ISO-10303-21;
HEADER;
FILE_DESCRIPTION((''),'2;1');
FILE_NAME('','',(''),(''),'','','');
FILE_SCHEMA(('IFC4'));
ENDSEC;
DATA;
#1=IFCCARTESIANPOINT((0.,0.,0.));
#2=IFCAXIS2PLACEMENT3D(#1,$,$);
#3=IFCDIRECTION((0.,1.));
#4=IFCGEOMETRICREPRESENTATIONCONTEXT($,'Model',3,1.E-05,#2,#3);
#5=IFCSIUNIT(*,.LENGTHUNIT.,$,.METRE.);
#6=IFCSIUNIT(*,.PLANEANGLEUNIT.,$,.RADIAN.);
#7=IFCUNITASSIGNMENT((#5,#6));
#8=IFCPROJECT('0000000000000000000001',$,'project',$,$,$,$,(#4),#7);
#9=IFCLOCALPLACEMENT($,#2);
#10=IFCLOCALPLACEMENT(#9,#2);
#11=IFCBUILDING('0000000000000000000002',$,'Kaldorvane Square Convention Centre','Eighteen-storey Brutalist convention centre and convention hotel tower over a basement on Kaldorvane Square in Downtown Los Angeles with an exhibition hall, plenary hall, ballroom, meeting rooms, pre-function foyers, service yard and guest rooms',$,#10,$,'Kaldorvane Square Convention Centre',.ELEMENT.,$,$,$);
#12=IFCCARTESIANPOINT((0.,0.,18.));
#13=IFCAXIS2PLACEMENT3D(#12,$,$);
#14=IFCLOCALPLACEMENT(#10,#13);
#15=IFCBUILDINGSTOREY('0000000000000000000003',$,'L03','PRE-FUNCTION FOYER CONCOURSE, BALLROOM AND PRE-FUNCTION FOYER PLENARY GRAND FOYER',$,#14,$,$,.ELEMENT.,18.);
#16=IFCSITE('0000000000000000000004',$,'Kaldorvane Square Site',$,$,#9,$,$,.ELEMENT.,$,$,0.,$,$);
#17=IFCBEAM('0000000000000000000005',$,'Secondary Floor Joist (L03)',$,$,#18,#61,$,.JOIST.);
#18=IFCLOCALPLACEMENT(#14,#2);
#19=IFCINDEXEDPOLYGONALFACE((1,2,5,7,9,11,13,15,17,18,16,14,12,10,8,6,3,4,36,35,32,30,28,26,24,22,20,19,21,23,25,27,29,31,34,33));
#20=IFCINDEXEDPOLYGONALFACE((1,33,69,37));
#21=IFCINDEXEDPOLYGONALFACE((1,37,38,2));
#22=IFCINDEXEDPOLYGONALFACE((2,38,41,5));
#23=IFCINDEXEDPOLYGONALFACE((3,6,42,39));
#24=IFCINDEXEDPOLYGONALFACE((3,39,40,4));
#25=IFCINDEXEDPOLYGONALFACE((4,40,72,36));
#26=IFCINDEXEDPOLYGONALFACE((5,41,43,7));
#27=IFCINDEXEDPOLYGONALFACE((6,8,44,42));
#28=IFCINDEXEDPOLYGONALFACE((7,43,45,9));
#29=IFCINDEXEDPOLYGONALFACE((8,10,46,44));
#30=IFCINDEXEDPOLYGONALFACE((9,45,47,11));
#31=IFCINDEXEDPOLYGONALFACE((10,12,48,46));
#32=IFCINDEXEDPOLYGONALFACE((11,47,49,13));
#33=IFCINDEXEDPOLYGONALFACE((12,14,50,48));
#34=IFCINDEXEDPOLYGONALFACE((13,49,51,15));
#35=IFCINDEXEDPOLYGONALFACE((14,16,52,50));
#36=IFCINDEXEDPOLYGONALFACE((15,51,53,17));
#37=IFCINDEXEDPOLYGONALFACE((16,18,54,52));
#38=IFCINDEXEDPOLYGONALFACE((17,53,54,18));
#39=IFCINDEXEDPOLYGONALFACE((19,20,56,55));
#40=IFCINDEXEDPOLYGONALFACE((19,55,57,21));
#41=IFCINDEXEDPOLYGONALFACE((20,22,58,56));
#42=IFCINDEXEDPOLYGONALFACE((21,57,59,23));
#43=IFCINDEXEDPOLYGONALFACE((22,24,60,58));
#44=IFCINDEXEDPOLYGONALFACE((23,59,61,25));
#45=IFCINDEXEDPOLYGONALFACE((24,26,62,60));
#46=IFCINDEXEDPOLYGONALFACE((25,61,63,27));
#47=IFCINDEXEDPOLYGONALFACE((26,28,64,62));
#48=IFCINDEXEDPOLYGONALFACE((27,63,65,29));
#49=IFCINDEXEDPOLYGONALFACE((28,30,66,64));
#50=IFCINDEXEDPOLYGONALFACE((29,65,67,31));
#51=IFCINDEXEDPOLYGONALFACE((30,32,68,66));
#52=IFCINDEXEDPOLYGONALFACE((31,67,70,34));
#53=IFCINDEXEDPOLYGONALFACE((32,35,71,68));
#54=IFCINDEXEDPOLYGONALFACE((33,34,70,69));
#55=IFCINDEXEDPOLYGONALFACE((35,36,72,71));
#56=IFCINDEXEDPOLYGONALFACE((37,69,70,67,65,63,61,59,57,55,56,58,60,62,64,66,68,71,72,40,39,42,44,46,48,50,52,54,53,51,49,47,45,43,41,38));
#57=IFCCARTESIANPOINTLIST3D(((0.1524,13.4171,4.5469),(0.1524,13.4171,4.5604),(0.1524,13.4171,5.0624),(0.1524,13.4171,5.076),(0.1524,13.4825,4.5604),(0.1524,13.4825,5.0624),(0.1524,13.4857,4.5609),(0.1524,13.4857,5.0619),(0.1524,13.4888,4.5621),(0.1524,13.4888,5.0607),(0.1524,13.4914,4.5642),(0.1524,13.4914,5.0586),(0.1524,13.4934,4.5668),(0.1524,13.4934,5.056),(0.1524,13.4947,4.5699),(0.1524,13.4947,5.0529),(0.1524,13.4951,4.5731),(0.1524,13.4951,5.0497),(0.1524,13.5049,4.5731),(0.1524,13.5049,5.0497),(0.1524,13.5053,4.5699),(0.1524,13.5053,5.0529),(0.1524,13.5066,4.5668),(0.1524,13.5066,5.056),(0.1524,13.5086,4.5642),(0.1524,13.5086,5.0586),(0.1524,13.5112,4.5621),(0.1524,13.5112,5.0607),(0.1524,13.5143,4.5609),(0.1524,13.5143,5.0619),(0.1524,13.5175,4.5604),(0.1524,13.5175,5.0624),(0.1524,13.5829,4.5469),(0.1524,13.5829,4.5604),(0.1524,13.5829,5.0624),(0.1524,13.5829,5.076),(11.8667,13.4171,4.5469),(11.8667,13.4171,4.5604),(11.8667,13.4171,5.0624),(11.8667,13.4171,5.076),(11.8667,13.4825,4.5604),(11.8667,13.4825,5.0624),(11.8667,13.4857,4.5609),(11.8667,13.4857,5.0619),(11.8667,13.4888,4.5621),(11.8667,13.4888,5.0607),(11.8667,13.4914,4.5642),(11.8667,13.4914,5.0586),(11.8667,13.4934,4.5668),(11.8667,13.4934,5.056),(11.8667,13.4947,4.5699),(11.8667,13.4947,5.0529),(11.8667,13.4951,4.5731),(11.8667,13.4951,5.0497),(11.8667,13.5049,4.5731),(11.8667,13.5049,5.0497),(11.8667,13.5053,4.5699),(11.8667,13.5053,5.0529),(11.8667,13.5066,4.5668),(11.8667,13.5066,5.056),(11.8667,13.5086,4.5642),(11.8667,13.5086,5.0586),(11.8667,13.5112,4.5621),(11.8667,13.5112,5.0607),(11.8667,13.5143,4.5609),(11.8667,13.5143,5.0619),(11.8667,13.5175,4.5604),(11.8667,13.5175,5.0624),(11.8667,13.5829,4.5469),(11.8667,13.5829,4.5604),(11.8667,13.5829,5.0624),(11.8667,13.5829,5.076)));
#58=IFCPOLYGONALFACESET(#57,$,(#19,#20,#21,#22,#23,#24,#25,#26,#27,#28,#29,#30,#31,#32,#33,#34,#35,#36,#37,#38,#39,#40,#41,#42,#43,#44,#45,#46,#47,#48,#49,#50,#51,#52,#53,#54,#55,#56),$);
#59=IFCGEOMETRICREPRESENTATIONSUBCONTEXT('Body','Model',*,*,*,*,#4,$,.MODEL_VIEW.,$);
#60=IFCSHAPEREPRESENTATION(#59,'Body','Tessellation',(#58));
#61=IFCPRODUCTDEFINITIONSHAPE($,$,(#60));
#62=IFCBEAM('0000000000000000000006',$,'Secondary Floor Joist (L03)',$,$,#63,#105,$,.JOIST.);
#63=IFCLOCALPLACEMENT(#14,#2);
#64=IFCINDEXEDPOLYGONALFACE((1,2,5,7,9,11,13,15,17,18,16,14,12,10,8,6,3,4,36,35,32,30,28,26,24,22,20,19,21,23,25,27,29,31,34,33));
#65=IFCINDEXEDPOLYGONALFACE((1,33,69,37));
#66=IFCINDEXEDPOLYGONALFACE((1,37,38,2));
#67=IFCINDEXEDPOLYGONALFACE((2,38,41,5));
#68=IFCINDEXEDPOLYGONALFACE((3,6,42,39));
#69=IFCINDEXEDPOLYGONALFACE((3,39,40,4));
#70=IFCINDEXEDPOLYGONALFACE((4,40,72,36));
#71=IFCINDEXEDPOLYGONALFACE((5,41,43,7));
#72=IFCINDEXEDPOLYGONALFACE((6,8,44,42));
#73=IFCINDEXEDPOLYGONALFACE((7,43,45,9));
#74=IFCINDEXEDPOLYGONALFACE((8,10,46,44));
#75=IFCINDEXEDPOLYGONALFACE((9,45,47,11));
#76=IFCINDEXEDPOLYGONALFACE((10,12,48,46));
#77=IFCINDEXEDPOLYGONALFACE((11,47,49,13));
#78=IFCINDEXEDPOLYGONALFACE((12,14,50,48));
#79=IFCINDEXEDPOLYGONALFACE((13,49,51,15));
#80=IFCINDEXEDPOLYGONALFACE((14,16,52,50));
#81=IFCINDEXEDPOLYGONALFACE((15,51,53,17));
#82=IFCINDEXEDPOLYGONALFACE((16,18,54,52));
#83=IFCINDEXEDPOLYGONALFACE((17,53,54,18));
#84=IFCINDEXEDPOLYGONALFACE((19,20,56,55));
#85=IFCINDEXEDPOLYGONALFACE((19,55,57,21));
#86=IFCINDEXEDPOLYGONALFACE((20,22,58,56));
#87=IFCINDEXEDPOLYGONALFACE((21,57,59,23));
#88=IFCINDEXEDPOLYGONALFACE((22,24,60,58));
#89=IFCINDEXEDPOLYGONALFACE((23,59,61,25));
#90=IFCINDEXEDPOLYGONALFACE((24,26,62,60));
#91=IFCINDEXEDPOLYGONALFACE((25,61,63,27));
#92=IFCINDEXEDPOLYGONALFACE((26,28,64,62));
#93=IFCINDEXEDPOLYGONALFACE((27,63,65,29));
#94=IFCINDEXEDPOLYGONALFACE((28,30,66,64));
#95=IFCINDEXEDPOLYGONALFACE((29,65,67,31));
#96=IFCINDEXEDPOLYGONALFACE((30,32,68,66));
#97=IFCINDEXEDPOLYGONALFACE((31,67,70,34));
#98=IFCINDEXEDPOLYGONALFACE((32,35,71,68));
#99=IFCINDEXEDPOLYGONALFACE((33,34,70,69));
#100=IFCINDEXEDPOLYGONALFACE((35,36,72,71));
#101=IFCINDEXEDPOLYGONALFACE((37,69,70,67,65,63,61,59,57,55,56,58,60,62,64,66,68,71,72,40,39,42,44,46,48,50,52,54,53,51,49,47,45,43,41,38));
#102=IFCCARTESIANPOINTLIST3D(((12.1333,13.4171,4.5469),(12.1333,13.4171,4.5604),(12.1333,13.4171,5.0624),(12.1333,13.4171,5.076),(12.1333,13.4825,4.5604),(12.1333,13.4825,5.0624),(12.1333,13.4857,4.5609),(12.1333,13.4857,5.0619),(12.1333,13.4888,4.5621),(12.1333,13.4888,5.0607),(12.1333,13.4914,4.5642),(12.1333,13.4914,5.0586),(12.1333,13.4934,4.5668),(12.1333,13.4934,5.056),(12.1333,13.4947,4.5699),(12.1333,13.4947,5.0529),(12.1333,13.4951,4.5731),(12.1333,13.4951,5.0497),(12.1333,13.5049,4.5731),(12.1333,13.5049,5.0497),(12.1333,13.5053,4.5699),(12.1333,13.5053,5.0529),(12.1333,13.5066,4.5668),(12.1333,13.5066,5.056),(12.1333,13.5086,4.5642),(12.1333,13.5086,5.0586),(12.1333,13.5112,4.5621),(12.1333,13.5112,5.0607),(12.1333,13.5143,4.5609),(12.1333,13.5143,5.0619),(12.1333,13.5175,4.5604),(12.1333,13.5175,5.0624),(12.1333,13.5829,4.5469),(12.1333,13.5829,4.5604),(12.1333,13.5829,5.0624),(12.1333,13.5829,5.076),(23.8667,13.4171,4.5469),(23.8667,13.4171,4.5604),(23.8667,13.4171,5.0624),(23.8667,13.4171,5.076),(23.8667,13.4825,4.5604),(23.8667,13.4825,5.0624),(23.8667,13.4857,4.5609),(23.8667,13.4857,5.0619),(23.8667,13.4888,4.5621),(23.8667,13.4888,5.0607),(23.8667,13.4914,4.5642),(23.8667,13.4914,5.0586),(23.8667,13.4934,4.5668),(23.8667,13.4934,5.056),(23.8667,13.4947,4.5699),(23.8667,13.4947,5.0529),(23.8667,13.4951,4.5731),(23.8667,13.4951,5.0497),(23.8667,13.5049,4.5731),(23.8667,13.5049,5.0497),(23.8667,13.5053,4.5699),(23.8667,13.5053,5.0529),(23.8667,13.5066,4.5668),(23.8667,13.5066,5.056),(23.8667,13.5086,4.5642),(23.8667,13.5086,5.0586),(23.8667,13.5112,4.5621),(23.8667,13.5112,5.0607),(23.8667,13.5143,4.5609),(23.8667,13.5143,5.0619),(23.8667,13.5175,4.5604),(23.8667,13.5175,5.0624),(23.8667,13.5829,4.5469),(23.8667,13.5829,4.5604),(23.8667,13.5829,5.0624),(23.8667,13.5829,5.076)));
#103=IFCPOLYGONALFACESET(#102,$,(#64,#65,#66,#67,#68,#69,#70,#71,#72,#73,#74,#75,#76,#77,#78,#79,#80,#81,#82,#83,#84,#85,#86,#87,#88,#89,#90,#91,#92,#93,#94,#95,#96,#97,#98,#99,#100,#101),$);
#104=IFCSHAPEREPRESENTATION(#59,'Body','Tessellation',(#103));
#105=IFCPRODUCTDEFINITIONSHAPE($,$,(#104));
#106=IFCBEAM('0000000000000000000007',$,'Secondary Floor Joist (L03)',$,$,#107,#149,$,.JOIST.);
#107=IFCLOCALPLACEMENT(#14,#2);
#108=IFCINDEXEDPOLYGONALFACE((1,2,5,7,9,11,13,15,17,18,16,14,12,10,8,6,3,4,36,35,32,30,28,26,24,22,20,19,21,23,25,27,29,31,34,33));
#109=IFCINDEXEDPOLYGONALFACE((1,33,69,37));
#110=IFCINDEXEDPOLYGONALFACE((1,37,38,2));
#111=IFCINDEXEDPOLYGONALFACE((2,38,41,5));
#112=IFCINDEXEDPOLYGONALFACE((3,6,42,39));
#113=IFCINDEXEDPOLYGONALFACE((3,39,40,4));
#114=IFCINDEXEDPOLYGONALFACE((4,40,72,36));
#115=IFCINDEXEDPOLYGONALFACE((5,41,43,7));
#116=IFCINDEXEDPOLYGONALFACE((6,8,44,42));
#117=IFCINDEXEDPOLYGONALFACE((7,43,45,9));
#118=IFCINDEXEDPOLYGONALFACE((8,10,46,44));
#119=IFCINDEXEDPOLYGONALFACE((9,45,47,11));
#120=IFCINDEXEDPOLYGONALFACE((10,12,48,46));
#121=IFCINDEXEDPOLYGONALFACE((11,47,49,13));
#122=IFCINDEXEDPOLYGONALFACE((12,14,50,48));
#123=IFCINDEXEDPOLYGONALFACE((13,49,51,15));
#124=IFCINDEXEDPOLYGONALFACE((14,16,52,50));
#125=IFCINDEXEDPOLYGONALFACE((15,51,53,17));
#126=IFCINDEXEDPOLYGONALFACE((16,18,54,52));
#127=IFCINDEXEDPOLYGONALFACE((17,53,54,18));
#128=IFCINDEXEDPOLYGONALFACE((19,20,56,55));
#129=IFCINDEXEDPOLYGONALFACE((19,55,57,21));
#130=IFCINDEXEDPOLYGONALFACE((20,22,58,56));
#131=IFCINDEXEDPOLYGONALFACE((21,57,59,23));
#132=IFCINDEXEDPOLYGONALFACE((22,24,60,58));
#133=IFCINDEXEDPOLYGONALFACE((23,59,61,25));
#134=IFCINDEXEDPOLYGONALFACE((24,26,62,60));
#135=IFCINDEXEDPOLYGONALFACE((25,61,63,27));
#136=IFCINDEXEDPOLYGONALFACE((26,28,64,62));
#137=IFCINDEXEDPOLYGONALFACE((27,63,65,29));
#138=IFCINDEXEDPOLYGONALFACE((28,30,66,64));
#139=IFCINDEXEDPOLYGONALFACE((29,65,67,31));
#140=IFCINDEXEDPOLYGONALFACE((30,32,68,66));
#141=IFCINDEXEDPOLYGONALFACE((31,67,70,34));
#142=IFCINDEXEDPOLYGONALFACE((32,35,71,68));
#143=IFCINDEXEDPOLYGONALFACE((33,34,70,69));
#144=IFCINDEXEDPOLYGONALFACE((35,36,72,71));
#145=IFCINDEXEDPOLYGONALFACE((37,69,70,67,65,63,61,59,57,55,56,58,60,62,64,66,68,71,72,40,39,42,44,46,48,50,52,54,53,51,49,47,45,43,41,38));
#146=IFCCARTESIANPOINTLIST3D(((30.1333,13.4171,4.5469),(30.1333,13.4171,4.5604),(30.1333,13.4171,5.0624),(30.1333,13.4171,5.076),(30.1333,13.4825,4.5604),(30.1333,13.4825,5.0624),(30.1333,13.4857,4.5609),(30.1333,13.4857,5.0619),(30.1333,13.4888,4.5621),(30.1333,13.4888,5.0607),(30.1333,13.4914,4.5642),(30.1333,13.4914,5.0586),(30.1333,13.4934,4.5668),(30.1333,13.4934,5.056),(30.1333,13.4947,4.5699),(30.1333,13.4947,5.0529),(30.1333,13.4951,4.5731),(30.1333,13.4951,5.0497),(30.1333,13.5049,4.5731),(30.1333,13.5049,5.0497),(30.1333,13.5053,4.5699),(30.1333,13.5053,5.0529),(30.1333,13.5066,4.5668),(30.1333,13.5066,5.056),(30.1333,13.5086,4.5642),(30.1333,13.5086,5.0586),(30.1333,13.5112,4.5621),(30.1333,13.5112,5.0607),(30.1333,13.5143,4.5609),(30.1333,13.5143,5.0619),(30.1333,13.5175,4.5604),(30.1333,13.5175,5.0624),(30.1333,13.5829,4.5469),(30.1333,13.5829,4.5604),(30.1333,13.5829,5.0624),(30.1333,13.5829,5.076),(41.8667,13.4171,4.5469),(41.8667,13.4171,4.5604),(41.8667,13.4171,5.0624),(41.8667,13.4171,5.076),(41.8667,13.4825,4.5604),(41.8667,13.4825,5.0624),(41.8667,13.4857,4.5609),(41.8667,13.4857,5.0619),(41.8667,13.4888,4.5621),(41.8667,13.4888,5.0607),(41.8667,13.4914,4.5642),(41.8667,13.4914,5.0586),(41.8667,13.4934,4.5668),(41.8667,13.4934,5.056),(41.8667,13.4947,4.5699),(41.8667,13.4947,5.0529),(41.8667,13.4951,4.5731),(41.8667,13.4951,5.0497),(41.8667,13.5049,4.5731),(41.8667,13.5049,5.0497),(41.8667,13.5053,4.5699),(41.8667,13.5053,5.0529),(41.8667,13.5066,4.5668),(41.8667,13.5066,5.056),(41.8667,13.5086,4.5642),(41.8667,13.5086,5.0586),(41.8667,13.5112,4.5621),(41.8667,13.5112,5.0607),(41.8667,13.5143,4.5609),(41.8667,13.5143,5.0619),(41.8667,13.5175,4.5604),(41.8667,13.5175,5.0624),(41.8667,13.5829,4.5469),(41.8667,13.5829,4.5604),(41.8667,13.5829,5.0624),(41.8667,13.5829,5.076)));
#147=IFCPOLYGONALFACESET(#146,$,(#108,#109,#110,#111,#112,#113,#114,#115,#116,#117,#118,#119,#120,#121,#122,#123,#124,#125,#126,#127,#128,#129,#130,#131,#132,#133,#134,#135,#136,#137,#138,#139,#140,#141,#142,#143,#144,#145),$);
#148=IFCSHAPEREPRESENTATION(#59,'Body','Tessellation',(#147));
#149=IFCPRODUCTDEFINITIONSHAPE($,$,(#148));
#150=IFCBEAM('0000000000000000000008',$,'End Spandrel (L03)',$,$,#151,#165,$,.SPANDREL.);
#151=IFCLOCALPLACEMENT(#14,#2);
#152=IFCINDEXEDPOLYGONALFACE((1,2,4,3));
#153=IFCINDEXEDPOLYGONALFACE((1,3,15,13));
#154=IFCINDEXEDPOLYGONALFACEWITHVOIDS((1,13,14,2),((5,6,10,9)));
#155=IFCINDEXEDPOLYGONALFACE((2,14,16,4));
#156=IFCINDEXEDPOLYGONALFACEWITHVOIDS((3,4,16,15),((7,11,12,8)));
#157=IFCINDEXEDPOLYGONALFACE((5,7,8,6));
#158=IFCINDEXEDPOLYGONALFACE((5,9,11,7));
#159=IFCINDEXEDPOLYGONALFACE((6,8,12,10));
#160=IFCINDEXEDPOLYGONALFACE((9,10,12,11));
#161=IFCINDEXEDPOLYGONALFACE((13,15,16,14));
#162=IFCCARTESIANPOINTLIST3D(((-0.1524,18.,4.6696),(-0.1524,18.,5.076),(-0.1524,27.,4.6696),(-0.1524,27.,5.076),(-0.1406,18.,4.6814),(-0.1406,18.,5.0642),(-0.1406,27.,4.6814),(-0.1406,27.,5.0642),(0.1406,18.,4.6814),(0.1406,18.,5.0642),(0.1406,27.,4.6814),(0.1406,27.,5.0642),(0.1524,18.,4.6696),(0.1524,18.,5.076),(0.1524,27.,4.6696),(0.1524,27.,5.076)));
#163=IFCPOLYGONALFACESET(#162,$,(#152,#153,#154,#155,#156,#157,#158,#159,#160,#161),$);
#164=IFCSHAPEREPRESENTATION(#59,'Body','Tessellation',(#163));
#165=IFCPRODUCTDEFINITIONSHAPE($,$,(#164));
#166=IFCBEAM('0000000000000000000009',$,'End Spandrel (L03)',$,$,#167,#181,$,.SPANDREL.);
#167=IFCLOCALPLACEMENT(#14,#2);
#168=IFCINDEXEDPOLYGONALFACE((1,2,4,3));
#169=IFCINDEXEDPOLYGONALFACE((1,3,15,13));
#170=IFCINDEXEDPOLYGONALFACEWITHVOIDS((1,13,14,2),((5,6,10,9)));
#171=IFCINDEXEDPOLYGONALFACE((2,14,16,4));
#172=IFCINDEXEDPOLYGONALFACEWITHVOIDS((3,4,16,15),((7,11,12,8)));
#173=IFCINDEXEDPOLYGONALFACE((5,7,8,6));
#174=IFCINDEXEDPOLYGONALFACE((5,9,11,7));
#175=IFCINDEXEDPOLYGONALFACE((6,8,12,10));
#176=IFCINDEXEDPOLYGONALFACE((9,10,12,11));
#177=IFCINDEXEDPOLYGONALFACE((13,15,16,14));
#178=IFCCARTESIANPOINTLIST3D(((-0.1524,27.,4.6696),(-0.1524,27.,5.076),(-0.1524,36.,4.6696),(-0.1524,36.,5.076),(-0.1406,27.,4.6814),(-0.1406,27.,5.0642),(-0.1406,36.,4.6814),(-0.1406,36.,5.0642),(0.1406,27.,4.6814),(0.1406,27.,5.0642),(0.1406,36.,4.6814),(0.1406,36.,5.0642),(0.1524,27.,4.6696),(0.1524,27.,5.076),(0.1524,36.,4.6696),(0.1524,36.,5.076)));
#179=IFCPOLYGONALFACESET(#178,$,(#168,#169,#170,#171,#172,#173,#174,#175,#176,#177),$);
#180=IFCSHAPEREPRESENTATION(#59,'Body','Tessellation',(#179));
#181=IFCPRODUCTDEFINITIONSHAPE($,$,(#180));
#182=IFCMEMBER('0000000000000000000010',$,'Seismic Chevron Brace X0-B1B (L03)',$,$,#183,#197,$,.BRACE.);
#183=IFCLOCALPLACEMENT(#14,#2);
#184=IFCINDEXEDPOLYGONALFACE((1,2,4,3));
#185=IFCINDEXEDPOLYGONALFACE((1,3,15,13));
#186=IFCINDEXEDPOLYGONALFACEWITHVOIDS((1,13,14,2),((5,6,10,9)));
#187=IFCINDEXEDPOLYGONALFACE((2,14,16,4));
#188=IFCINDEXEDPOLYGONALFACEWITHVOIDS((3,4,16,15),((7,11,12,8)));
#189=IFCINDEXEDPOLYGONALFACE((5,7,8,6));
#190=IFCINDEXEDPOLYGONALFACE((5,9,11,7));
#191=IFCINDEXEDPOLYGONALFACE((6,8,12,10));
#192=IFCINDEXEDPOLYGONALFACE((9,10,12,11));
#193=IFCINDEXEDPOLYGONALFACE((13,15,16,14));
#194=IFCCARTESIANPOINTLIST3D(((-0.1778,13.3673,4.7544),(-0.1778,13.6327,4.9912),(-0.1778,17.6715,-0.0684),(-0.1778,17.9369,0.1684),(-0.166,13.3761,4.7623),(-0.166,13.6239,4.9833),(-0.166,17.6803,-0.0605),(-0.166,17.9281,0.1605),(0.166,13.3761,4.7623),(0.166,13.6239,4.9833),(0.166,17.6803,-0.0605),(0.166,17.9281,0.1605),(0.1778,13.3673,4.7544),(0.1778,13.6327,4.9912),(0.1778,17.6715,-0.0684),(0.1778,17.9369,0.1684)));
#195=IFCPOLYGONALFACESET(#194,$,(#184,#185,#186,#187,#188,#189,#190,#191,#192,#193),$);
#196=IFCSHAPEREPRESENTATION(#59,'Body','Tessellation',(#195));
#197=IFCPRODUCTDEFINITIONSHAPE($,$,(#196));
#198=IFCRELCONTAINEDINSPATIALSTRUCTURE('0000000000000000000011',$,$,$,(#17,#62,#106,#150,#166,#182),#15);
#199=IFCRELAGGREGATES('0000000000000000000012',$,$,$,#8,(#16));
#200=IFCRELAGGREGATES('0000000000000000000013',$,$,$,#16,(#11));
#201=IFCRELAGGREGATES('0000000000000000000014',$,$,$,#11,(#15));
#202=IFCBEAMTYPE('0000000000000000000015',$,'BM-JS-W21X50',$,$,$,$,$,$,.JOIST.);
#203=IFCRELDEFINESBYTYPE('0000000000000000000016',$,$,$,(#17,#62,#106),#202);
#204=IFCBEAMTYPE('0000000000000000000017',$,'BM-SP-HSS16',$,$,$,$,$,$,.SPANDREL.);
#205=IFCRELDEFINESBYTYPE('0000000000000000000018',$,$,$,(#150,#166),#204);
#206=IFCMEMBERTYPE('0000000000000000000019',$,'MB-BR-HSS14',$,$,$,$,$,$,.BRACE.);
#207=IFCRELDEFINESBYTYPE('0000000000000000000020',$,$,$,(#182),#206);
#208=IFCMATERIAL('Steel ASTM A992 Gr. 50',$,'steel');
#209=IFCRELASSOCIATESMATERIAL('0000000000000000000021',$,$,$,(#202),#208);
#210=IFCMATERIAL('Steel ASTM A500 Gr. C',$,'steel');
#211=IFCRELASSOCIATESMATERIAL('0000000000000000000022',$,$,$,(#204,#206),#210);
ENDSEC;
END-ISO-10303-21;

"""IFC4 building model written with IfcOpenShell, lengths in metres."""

from ifc_helpers import new_model, si_unit, direction, frame, origin, origin_2d, place, context, subcontext, project, spatial, hollow_rectangle, i_section, extrude, material, material_profile, profile_set, type_object, element, save


model = new_model("IFC4")

# Units and contexts
model_context = context("Model", 3, precision=1e-05, world=origin(), true_north=direction((0.0, 1.0)))
body_context = subcontext(model_context, "Body", "Model", "MODEL_VIEW")
ifc_project = project(units=[si_unit("LENGTHUNIT", "METRE"), si_unit("PLANEANGLEUNIT", "RADIAN")], contexts=[model_context])

# Site, building, storey
site_placement = place(None, origin())
site = spatial("IfcSite", under=ifc_project, at=site_placement, Name="Kaldorvane Square Site", CompositionType="ELEMENT", RefElevation=0.0)
building_placement = place(site_placement, origin())
building = spatial("IfcBuilding", under=site, at=building_placement, Name="Kaldorvane Square Convention Centre", Description="Eighteen-storey Brutalist convention centre and convention hotel tower over a basement on Kaldorvane Square in Downtown Los Angeles with an exhibition hall, plenary hall, ballroom, meeting rooms, pre-function foyers, service yard and guest rooms", LongName="Kaldorvane Square Convention Centre", CompositionType="ELEMENT")
storey_placement = place(building_placement, frame((0.0, 0.0, 18.0)))
storey = spatial("IfcBuildingStorey", under=building, at=storey_placement, Name="L03", Description="PRE-FUNCTION FOYER CONCOURSE, BALLROOM AND PRE-FUNCTION FOYER PLENARY GRAND FOYER", CompositionType="ELEMENT", Elevation=18.0)

# Shared definitions
ifc_material_1 = material(Name="Steel ASTM A500 Gr. C", Category="steel")
ifc_material_2 = material(Name="Steel ASTM A992 Gr. 50", Category="steel")

# Beams
ifc_material_profile_1 = material_profile(ifc_material_2, i_section(OverallWidth=0.1659, OverallDepth=0.5291, WebThickness=0.0097, FlangeThickness=0.0136, FilletRadius=0.0127, at=origin_2d()), Name="W21X50")
ifc_profile_set_1 = profile_set([ifc_material_profile_1], Name="Steel ASTM A992 Gr. 50")
beam_type_1 = type_object("IfcBeamType", Name="BM-JS-W21X50", PredefinedType="JOIST", material=ifc_profile_set_1)
beam_1_placement = place(storey_placement, frame((0.1524, 13.5, 4.8114), z_axis=(1.0, 0.0, 0.0), x_axis=(0.0, 1.0, 0.0)))
element("IfcBeam", 1, at=beam_1_placement, inside=storey, type_object=beam_type_1, Name="Secondary Floor Joist (L03)", PredefinedType="JOIST", context=body_context, shape_type="SweptSolid", body=[
    extrude(i_section(OverallWidth=0.1659, OverallDepth=0.5291, WebThickness=0.0097, FlangeThickness=0.0136, FilletRadius=0.0127, at=origin_2d()), origin(), (0.0, 0.0, 1.0), 11.7143),
])
for number, where, z_axis, x_axis, name in (
    (2, (12.1333, 13.5, 4.8114), (1.0, 0.0, 0.0), (0.0, 1.0, 0.0), "Secondary Floor Joist (L03)"),
    (3, (30.1333, 13.5, 4.8114), (1.0, 0.0, 0.0), (0.0, 1.0, 0.0), "Secondary Floor Joist (L03)"),
):
    element("IfcBeam", number, at=place(storey_placement, frame(where, z_axis=z_axis, x_axis=x_axis)), inside=storey, type_object=beam_type_1, Name=name, PredefinedType="JOIST", context=body_context, shape_type="SweptSolid", body=[
        extrude(i_section(OverallWidth=0.1659, OverallDepth=0.5291, WebThickness=0.0097, FlangeThickness=0.0136, FilletRadius=0.0127, at=origin_2d()), origin(), (0.0, 0.0, 1.0), 11.7334),
    ])
ifc_material_profile_2 = material_profile(ifc_material_1, hollow_rectangle(XDim=0.3048, YDim=0.4064, WallThickness=0.0118, at=origin_2d()), Name="HSS16X12X1/2")
ifc_profile_set_2 = profile_set([ifc_material_profile_2], Name="Steel ASTM A500 Gr. C")
beam_type_2 = type_object("IfcBeamType", Name="BM-SP-HSS16", PredefinedType="SPANDREL", material=ifc_profile_set_2)
for number, where, z_axis, x_axis, name in (
    (4, (0.0, 18.0, 4.8728), (0.0, 1.0, 0.0), (-1.0, 0.0, 0.0), "End Spandrel (L03)"),
    (5, (0.0, 27.0, 4.8728), (0.0, 1.0, 0.0), (-1.0, 0.0, 0.0), "End Spandrel (L03)"),
):
    element("IfcBeam", number, at=place(storey_placement, frame(where, z_axis=z_axis, x_axis=x_axis)), inside=storey, type_object=beam_type_2, Name=name, PredefinedType="SPANDREL", context=body_context, shape_type="SweptSolid", body=[
        extrude(hollow_rectangle(XDim=0.3048, YDim=0.4064, WallThickness=0.0118, at=origin_2d()), origin(), (0.0, 0.0, 1.0), 9.0),
    ])

# Member
ifc_material_profile_3 = material_profile(ifc_material_1, hollow_rectangle(XDim=0.3556, YDim=0.3556, WallThickness=0.0118, at=origin_2d()), Name="HSS14X14X1/2")
ifc_profile_set_3 = profile_set([ifc_material_profile_3], Name="Steel ASTM A500 Gr. C")
member_type = type_object("IfcMemberType", Name="MB-BR-HSS14", PredefinedType="BRACE", material=ifc_profile_set_3)
member_placement = place(storey_placement, frame((0.0, 17.8042, 0.05), z_axis=(0.0, -0.665855, 0.746082), x_axis=(1.0, 0.0, 0.0)))
element("IfcMember", 6, at=member_placement, inside=storey, type_object=member_type, Name="Seismic Chevron Brace X0-B1B (L03)", PredefinedType="BRACE", context=body_context, shape_type="SweptSolid", body=[
    extrude(hollow_rectangle(XDim=0.3556, YDim=0.3556, WallThickness=0.0118, at=origin_2d()), origin(), (0.0, 0.0, 1.0), 6.4642),
])

save(model, "model.ifc")
